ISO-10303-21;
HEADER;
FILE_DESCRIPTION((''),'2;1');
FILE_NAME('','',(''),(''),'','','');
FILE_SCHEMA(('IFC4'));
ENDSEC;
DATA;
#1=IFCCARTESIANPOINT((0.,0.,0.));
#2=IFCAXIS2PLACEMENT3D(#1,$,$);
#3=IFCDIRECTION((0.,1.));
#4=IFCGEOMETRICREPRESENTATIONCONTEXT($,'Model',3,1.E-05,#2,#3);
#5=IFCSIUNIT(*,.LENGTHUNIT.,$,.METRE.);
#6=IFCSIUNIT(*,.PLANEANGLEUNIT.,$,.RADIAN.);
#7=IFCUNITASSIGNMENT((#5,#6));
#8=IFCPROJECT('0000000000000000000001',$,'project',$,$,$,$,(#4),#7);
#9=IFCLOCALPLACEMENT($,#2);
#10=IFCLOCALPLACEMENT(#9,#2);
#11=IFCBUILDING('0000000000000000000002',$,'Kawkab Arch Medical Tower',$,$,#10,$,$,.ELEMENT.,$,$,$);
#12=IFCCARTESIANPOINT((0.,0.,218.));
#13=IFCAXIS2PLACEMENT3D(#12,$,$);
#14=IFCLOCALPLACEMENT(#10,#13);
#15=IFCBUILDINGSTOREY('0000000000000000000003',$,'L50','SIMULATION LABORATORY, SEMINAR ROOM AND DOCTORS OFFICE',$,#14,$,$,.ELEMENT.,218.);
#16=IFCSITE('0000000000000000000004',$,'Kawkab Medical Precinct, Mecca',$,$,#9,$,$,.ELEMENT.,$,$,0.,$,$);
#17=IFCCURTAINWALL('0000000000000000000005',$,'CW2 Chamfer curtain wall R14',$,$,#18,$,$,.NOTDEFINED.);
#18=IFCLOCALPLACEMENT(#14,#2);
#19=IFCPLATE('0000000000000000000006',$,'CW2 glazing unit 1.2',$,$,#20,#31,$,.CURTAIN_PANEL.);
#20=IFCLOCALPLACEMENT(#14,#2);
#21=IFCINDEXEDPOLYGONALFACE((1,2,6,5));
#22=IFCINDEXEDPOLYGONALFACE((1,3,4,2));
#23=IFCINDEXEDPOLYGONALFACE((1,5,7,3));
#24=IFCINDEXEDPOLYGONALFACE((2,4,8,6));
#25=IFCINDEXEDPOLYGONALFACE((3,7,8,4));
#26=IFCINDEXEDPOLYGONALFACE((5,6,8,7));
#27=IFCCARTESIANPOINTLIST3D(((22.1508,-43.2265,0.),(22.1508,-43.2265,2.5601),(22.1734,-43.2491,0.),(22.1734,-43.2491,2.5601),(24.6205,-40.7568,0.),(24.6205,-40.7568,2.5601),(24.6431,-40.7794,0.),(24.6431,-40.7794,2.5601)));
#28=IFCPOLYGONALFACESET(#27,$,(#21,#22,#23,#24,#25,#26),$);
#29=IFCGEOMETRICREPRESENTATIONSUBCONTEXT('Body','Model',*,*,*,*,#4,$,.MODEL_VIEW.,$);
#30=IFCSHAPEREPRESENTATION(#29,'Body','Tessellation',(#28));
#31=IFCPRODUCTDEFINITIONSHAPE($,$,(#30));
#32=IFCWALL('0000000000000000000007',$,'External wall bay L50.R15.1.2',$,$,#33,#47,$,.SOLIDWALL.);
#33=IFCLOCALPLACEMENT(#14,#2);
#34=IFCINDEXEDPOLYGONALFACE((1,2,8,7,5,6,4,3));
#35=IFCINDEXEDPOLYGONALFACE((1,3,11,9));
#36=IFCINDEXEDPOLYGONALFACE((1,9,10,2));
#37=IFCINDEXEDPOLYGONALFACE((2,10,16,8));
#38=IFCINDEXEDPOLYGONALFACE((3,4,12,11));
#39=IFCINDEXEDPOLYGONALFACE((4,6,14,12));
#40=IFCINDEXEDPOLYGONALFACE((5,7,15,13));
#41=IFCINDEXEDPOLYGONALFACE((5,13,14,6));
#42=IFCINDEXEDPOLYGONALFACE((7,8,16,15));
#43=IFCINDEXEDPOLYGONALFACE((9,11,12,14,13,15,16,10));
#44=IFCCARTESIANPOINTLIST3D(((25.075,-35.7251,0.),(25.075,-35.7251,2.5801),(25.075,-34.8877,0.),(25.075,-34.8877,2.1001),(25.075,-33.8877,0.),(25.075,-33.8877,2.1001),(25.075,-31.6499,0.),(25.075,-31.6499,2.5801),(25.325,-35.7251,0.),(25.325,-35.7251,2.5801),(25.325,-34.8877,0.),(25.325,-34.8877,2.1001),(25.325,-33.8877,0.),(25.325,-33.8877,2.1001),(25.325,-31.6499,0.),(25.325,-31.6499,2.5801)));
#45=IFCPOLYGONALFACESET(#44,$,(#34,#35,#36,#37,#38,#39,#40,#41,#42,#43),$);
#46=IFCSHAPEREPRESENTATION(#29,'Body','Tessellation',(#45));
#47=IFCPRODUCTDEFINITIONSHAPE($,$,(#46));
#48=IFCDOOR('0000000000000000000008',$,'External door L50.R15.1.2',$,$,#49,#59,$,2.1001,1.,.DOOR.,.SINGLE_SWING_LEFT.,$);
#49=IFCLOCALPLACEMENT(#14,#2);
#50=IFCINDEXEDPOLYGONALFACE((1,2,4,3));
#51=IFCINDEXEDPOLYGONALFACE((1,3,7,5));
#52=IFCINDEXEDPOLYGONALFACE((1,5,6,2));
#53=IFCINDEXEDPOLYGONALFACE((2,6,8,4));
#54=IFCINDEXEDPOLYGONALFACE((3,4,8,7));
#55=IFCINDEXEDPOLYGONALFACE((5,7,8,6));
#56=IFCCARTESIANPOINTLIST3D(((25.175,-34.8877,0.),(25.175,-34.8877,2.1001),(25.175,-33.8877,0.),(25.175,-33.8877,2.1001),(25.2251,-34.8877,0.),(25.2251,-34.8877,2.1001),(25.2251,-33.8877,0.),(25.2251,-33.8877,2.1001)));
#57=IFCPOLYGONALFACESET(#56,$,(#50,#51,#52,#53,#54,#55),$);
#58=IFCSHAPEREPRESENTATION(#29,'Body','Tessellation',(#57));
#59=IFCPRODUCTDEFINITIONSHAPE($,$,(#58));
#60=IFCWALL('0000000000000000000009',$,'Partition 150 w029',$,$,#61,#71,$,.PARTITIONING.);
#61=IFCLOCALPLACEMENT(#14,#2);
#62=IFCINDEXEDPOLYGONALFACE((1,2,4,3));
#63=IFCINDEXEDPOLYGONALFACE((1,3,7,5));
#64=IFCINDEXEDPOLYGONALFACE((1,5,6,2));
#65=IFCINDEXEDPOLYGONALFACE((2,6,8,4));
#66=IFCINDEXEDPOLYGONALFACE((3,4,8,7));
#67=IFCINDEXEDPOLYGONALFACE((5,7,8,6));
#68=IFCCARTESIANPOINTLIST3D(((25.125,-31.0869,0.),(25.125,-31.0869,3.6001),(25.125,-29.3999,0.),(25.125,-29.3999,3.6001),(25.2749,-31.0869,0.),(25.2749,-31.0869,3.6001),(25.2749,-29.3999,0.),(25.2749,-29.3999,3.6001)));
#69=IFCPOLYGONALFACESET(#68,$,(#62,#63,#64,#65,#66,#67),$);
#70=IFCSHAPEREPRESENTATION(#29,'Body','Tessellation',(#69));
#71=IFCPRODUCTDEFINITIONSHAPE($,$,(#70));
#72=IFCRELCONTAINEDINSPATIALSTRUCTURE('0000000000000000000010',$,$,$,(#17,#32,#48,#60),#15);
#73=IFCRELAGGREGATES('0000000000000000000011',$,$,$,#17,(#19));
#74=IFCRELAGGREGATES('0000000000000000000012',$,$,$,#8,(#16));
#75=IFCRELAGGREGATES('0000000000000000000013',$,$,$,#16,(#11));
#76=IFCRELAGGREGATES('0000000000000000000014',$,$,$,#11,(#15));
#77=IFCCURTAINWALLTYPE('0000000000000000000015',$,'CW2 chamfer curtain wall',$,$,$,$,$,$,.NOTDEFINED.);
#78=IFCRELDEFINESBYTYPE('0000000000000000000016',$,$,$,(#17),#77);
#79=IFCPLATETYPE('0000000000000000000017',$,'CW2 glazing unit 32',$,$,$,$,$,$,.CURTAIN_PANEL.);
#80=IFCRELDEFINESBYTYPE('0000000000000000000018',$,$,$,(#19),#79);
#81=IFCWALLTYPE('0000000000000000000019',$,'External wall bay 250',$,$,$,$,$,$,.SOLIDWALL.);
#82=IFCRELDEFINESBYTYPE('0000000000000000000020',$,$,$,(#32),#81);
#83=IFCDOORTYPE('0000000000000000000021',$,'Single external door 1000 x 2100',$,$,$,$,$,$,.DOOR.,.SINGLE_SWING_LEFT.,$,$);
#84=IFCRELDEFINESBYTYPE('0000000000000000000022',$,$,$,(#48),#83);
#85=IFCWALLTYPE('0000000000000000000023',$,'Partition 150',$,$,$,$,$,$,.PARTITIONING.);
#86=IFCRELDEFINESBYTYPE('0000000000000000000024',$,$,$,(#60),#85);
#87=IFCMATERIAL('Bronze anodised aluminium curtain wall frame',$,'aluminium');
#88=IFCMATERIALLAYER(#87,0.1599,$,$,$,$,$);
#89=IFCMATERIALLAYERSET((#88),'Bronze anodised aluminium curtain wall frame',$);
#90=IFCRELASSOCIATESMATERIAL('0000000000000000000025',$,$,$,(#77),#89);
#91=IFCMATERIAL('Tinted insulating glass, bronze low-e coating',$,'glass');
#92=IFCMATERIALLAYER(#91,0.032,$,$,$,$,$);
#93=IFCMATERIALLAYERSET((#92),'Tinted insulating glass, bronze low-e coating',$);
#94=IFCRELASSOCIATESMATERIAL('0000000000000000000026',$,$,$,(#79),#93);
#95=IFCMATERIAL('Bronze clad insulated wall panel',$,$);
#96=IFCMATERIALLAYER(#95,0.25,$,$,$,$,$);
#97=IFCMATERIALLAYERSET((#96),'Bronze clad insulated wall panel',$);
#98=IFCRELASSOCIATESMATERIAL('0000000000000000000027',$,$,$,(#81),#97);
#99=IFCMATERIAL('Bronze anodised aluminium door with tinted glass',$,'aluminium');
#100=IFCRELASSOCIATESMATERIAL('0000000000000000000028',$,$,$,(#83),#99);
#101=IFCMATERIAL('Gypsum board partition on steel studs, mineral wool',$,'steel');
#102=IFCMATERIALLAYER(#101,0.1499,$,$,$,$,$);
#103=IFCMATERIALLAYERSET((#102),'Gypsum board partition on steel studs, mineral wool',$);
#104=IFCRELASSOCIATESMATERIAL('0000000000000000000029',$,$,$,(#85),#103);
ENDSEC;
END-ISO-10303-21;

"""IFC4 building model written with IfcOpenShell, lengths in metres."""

from ifc_helpers import new_model, si_unit, direction, frame, frame_2d, origin, origin_2d, place, context, subcontext, project, spatial, rectangle, extrude, material, layer, layer_set, type_object, element, fill, aggregate, save


model = new_model("IFC4")

# Units and contexts
model_context = context("Model", 3, precision=1e-05, world=origin(), true_north=direction((0.0, 1.0)))
body_context = subcontext(model_context, "Body", "Model", "MODEL_VIEW")
ifc_project = project(units=[si_unit("LENGTHUNIT", "METRE"), si_unit("PLANEANGLEUNIT", "RADIAN")], contexts=[model_context])

# Site, building, storey
site_placement = place(None, origin())
site = spatial("IfcSite", under=ifc_project, at=site_placement, Name="Kawkab Medical Precinct, Mecca", CompositionType="ELEMENT", RefElevation=0.0)
building_placement = place(site_placement, origin())
building = spatial("IfcBuilding", under=site, at=building_placement, Name="Kawkab Arch Medical Tower", CompositionType="ELEMENT")
storey_placement = place(building_placement, frame((0.0, 0.0, 218.0)))
storey = spatial("IfcBuildingStorey", under=building, at=storey_placement, Name="L50", Description="SIMULATION LABORATORY, SEMINAR ROOM AND DOCTORS OFFICE", CompositionType="ELEMENT", Elevation=218.0)

# Shared definitions
placement = place(storey_placement, origin())

# Curtain wall
ifc_material_1 = material(Name="Bronze anodised aluminium curtain wall frame", Category="aluminium")
ifc_layer_1 = layer(ifc_material_1, 0.1599)
ifc_layer_set_1 = layer_set([ifc_layer_1], Name="Bronze anodised aluminium curtain wall frame")
curtain_wall_type_1 = type_object("IfcCurtainWallType", Name="CW2 chamfer curtain wall", PredefinedType="NOTDEFINED", material=ifc_layer_set_1)
curtain_wall_1 = element("IfcCurtainWall", 1, at=placement, inside=storey, type_object=curtain_wall_type_1, Name="CW2 Chamfer curtain wall R14", PredefinedType="NOTDEFINED")

# Plate
ifc_material_2 = material(Name="Tinted insulating glass, bronze low-e coating", Category="glass")
ifc_layer_2 = layer(ifc_material_2, 0.032)
ifc_layer_set_2 = layer_set([ifc_layer_2], Name="Tinted insulating glass, bronze low-e coating")
plate_type_1 = type_object("IfcPlateType", Name="CW2 glazing unit 32", PredefinedType="CURTAIN_PANEL", material=ifc_layer_set_2)
plate_1_placement = place(storey_placement, frame((23.397, -42.0029, 0.0), z_axis=(0.0, 0.0, 1.0), x_axis=(0.707107, 0.707107, 0.0)))
plate_1 = element("IfcPlate", 2, at=plate_1_placement, type_object=plate_type_1, Name="CW2 glazing unit 1.2", PredefinedType="CURTAIN_PANEL", context=body_context, shape_type="SweptSolid", body=[
    extrude(rectangle(XDim=3.4927, YDim=0.032, at=origin_2d()), origin(), (0.0, 0.0, 1.0), 2.5601),
])
aggregate(curtain_wall_1, [plate_1])

# Wall, opening, door
ifc_material_3 = material(Name="Bronze clad insulated wall panel")
ifc_layer_3 = layer(ifc_material_3, 0.25)
ifc_layer_set_3 = layer_set([ifc_layer_3], Name="Bronze clad insulated wall panel")
wall_type_1 = type_object("IfcWallType", Name="External wall bay 250", PredefinedType="SOLIDWALL", material=ifc_layer_set_3)
wall_1_placement = place(storey_placement, frame((25.2, -35.7251, 0.0), z_axis=(0.0, 0.0, 1.0), x_axis=(0.0, 1.0, 0.0)))
wall_1 = element("IfcWall", 3, at=wall_1_placement, inside=storey, type_object=wall_type_1, Name="External wall bay L50.R15.1.2", PredefinedType="SOLIDWALL", context=body_context, shape_type="SweptSolid", body=[
    extrude(rectangle(XDim=4.0752, YDim=0.25, at=frame_2d((2.0376, 0.0))), origin(), (0.0, 0.0, 1.0), 2.5801),
])
opening_placement = place(wall_1_placement, frame((0.8374, 0.0, 0.0)))
opening = element("IfcOpeningElement", 4, at=opening_placement, cuts=wall_1, PredefinedType="OPENING", context=body_context, shape_type="SweptSolid", body=[
    extrude(rectangle(XDim=1.0, YDim=2.1001, at=frame_2d((0.5, 1.05))), frame((0.0, 0.135, 0.0), z_axis=(0.0, -1.0, 0.0), x_axis=(1.0, 0.0, 0.0)), (0.0, 0.0, 1.0), 0.27),
])
ifc_material_4 = material(Name="Bronze anodised aluminium door with tinted glass", Category="aluminium")
door_type = type_object("IfcDoorType", Name="Single external door 1000 x 2100", OperationType="SINGLE_SWING_LEFT", PredefinedType="DOOR", material=ifc_material_4)
door_placement = place(opening_placement, origin())
door = element("IfcDoor", 5, at=door_placement, inside=storey, type_object=door_type, Name="External door L50.R15.1.2", OperationType="SINGLE_SWING_LEFT", OverallHeight=2.1001, OverallWidth=1.0, PredefinedType="DOOR", context=body_context, shape_type="SweptSolid", body=[
    extrude(rectangle(XDim=1.0, YDim=2.1001, at=frame_2d((0.5, 1.05))), frame((0.0, 0.0249, 0.0), z_axis=(0.0, -1.0, 0.0), x_axis=(1.0, 0.0, 0.0)), (0.0, 0.0, 1.0), 0.05),
])
fill(opening, door)

# Wall
ifc_material_5 = material(Name="Gypsum board partition on steel studs, mineral wool", Category="steel")
ifc_layer_4 = layer(ifc_material_5, 0.1499)
ifc_layer_set_4 = layer_set([ifc_layer_4], Name="Gypsum board partition on steel studs, mineral wool")
wall_type_2 = type_object("IfcWallType", Name="Partition 150", PredefinedType="PARTITIONING", material=ifc_layer_set_4)
wall_2_placement = place(storey_placement, frame((25.2, -31.0869, 0.0), z_axis=(0.0, 0.0, 1.0), x_axis=(0.0, 1.0, 0.0)))
element("IfcWall", 6, at=wall_2_placement, inside=storey, type_object=wall_type_2, Name="Partition 150 w029", PredefinedType="PARTITIONING", context=body_context, shape_type="SweptSolid", body=[
    extrude(rectangle(XDim=1.687, YDim=0.1499, at=frame_2d((0.8435, 0.0))), origin(), (0.0, 0.0, 1.0), 3.6001),
])

save(model, "model.ifc")
